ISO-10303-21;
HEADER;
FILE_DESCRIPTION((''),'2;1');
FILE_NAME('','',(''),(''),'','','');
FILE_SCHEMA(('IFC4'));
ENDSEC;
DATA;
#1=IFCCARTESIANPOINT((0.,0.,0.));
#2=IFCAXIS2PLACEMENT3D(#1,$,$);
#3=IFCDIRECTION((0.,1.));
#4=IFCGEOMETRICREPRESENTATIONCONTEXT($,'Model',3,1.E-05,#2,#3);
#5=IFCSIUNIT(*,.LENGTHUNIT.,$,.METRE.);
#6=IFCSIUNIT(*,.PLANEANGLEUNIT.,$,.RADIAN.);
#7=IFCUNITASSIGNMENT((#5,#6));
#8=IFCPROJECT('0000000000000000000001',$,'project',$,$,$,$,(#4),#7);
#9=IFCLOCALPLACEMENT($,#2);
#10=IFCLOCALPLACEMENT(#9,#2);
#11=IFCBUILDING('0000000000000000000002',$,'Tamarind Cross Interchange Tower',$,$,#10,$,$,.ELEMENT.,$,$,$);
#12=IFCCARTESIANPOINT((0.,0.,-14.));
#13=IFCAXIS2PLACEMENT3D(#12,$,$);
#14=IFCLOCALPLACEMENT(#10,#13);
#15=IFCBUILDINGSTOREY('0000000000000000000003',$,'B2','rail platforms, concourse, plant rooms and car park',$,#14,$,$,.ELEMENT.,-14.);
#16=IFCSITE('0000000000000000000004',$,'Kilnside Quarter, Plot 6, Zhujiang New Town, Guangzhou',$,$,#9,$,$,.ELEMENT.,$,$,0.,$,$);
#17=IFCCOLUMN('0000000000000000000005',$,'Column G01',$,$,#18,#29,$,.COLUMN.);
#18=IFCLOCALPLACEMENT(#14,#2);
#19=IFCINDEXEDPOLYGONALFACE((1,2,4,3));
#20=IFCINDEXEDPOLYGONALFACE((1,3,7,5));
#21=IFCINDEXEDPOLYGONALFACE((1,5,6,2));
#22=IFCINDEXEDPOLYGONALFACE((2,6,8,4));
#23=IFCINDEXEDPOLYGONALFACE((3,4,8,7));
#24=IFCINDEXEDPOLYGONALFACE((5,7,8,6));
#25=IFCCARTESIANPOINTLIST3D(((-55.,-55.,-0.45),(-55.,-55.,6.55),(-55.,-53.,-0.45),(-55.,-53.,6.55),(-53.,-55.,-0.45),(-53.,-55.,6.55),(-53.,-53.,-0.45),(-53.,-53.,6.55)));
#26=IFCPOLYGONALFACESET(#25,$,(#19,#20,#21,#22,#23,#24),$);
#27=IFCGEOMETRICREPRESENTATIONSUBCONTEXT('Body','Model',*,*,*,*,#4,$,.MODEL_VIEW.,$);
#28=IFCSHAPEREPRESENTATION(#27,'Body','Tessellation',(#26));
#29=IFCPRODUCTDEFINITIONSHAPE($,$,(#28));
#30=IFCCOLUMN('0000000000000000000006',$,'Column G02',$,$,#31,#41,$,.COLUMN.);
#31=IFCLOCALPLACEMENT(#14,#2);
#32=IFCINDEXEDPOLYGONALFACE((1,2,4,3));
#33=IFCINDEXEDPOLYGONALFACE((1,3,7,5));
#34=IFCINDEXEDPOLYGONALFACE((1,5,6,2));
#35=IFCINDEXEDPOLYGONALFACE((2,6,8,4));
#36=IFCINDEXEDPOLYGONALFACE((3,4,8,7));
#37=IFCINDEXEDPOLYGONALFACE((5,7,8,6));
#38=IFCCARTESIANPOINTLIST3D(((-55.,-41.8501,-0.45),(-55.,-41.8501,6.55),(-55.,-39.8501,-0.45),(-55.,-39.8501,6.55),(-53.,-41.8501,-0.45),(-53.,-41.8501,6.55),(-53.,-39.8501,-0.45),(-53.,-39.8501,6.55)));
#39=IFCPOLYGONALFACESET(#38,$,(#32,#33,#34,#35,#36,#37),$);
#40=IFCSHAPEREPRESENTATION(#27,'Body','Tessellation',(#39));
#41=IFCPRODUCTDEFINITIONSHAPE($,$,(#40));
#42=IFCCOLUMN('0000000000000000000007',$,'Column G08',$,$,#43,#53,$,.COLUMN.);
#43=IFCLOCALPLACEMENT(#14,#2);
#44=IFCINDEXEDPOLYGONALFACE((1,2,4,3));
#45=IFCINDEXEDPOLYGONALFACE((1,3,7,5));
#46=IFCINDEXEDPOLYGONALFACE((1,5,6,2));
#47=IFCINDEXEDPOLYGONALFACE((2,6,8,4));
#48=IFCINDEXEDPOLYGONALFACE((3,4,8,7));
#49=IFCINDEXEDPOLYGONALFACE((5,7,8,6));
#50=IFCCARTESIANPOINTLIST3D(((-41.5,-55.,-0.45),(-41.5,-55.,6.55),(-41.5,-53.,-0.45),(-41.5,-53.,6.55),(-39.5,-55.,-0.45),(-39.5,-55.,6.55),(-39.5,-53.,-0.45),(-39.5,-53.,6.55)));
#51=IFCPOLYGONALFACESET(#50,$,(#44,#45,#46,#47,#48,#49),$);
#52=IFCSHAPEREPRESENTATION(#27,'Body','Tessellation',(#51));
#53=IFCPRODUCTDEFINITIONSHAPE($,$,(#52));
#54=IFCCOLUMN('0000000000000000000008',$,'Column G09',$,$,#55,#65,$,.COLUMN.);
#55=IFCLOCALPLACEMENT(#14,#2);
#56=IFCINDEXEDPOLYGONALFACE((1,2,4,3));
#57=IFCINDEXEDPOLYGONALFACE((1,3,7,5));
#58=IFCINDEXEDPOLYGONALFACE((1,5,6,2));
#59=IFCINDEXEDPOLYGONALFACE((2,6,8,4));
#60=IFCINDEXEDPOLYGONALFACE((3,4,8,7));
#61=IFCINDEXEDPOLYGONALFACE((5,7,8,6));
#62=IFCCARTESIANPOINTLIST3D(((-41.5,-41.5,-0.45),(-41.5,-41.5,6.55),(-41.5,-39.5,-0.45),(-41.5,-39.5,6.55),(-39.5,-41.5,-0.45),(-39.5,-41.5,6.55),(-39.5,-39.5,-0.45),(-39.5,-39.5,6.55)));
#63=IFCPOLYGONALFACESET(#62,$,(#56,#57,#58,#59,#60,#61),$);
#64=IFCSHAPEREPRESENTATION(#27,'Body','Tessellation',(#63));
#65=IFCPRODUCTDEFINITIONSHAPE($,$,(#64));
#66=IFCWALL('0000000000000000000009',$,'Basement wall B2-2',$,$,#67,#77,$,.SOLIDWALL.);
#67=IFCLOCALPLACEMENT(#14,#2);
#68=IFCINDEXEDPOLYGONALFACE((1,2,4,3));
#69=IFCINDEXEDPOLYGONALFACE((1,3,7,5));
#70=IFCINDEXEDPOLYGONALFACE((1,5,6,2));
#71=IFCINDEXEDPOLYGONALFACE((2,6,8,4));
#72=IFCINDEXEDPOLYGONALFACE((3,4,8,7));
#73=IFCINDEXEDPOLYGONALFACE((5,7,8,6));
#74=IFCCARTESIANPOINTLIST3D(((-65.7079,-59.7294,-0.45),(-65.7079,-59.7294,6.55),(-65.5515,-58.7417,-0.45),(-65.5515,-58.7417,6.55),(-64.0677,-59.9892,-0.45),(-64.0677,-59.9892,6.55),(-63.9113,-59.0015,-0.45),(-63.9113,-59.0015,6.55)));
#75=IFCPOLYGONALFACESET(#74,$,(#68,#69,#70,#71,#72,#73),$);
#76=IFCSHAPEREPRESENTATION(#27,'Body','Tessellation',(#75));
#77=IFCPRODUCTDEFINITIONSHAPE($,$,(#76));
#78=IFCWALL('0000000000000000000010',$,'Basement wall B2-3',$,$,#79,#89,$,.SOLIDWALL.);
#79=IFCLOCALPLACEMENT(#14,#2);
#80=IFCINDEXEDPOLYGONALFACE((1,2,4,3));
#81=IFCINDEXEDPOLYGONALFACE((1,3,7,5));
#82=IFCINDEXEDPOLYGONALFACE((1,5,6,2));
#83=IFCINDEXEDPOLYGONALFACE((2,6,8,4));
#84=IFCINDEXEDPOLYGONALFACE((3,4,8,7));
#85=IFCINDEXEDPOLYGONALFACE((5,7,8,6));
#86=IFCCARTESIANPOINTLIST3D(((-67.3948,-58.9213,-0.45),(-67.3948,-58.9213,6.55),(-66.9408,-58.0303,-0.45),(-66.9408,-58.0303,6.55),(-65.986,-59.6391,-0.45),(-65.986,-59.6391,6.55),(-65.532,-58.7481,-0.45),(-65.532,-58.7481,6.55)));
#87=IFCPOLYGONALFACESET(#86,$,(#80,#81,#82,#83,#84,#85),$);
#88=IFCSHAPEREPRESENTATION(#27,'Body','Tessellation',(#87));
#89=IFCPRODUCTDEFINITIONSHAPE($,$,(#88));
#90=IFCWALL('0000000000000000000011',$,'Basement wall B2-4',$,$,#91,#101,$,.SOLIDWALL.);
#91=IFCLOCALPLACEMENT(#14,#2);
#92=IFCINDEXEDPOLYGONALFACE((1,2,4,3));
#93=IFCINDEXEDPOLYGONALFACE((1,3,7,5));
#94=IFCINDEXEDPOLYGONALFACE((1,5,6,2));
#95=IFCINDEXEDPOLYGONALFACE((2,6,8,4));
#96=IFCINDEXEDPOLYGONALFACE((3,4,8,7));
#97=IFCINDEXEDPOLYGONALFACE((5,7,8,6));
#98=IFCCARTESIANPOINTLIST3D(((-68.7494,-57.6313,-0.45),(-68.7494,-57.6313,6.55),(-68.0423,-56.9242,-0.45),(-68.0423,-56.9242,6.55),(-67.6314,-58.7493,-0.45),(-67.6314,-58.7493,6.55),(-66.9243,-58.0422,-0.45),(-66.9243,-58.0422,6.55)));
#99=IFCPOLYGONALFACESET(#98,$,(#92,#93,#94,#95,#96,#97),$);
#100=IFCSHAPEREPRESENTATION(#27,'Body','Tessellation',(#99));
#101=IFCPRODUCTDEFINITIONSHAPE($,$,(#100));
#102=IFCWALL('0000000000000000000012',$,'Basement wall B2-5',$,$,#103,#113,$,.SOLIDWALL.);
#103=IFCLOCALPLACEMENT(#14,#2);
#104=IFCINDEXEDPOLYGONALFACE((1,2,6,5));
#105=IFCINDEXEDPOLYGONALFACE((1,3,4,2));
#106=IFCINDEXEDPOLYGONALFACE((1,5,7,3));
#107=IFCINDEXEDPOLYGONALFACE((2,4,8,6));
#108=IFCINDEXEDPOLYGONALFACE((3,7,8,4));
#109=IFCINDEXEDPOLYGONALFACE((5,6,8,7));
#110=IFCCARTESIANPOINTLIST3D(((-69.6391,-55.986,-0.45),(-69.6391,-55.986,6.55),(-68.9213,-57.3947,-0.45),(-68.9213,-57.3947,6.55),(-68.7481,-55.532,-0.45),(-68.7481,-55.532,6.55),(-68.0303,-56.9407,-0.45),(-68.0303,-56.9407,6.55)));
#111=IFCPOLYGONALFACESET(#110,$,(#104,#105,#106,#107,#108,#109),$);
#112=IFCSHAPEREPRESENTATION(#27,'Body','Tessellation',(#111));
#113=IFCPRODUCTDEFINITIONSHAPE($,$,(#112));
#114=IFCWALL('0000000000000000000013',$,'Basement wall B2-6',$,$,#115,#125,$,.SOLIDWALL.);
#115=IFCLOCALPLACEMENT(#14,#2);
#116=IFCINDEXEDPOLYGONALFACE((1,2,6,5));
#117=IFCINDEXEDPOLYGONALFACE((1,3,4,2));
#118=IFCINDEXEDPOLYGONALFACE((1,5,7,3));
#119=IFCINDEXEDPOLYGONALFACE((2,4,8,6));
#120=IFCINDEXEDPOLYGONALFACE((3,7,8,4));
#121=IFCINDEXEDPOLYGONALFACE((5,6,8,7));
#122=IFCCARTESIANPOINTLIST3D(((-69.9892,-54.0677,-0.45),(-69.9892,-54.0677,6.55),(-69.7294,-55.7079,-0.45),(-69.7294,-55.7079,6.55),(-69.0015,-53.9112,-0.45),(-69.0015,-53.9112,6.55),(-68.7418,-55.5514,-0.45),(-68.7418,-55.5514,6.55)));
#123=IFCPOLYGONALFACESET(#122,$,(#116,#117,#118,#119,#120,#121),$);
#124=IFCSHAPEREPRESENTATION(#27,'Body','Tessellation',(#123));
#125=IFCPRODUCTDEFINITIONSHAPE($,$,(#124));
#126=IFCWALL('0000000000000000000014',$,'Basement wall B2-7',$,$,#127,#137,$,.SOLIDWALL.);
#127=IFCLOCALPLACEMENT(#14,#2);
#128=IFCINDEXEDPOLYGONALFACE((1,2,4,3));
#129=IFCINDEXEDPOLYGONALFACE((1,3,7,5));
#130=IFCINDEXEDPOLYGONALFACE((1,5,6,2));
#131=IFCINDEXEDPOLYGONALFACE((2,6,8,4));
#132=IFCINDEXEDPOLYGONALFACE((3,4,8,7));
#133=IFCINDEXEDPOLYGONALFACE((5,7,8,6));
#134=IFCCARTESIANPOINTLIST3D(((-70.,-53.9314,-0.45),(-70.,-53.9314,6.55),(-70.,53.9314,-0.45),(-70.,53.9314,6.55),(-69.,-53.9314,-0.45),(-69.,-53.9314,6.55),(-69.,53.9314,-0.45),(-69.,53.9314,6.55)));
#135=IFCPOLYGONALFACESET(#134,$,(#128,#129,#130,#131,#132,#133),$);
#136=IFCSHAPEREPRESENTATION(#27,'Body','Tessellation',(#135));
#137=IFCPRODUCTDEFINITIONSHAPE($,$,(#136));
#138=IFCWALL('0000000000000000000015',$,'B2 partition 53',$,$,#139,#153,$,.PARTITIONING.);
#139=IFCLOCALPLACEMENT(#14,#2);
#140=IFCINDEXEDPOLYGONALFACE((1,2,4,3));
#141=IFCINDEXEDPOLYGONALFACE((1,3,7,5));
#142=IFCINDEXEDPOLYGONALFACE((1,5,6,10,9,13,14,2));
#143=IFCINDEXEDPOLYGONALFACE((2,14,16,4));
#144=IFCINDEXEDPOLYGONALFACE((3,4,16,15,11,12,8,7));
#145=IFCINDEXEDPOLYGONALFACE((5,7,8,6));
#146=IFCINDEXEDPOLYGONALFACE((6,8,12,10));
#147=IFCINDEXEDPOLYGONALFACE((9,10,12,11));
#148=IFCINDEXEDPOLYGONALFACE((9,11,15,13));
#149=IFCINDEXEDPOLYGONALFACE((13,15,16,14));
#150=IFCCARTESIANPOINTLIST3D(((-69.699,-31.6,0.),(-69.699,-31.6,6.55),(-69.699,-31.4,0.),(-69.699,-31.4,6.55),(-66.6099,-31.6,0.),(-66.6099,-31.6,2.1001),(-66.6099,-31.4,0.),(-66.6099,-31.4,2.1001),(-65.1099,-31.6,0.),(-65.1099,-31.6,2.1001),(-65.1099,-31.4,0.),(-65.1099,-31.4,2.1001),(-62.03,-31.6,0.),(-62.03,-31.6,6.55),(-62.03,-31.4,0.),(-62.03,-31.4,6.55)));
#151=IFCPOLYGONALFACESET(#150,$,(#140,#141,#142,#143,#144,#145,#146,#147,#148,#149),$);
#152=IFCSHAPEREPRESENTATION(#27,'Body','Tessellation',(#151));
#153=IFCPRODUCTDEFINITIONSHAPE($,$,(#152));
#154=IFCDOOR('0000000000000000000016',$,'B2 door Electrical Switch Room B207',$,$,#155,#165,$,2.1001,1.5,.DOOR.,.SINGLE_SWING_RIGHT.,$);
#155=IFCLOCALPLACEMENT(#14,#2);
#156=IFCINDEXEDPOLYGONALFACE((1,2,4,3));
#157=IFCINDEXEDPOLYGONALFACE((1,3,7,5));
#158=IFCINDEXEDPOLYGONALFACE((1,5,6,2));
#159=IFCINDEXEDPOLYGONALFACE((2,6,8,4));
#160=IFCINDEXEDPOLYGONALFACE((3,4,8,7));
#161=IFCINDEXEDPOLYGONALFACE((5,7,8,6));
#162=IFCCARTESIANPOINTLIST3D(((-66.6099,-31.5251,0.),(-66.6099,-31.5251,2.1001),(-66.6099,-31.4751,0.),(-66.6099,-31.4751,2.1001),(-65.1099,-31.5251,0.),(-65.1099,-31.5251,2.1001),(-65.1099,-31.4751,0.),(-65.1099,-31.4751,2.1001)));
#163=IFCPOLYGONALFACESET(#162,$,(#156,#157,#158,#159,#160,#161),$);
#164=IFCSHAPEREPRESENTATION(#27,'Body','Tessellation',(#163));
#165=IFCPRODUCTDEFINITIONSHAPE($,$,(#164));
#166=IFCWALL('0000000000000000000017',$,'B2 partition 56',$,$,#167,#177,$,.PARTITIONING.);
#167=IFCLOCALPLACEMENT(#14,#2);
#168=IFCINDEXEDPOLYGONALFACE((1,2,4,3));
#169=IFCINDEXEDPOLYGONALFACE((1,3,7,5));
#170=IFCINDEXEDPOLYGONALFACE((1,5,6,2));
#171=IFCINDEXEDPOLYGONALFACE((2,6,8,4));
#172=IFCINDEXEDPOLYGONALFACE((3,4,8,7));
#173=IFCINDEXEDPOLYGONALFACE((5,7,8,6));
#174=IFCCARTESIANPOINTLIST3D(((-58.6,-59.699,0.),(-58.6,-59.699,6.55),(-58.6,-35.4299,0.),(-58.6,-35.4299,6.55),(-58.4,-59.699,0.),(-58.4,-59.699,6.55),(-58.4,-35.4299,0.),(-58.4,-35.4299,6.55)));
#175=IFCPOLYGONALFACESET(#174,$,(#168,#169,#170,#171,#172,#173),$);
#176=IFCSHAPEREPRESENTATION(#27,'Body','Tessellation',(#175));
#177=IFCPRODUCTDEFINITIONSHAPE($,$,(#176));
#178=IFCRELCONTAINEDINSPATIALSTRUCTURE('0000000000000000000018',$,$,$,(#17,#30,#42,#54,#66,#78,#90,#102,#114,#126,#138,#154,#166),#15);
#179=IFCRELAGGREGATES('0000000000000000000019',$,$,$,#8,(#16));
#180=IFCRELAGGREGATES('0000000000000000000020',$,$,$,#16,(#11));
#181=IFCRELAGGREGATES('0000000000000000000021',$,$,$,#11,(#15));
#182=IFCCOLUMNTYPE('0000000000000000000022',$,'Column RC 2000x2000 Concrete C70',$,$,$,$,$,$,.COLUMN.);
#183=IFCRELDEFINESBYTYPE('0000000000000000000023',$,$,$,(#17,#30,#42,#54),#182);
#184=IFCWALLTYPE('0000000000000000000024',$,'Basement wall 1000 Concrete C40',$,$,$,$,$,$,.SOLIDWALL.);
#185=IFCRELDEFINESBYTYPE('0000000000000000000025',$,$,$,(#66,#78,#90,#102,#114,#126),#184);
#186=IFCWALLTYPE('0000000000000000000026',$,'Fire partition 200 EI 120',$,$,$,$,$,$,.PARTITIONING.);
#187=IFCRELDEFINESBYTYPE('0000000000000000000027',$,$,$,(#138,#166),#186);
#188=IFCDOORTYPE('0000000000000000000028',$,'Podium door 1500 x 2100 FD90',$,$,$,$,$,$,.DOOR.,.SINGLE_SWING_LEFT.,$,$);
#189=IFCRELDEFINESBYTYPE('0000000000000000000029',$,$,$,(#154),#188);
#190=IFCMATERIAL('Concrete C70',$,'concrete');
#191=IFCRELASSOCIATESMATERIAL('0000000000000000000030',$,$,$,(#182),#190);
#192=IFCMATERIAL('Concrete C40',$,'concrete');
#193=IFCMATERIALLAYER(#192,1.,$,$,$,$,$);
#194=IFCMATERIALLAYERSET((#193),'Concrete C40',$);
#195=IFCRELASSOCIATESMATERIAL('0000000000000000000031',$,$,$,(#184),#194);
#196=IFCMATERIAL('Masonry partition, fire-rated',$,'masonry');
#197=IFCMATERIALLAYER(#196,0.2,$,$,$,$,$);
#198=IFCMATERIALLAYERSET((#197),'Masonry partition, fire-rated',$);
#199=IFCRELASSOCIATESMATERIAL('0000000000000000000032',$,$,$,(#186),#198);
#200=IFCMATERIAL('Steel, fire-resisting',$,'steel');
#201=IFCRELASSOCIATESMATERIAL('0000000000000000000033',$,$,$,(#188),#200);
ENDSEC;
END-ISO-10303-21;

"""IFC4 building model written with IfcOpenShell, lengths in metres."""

from ifc_helpers import new_model, si_unit, direction, frame, frame_2d, origin, origin_2d, place, context, subcontext, project, spatial, rectangle, extrude, material, layer, layer_set, material_profile, profile_set, type_object, element, fill, save


model = new_model("IFC4")

# Units and contexts
model_context = context("Model", 3, precision=1e-05, world=origin(), true_north=direction((0.0, 1.0)))
body_context = subcontext(model_context, "Body", "Model", "MODEL_VIEW")
ifc_project = project(units=[si_unit("LENGTHUNIT", "METRE"), si_unit("PLANEANGLEUNIT", "RADIAN")], contexts=[model_context])

# Site, building, storey
site_placement = place(None, origin())
site = spatial("IfcSite", under=ifc_project, at=site_placement, Name="Kilnside Quarter, Plot 6, Zhujiang New Town, Guangzhou", CompositionType="ELEMENT", RefElevation=0.0)
building_placement = place(site_placement, origin())
building = spatial("IfcBuilding", under=site, at=building_placement, Name="Tamarind Cross Interchange Tower", CompositionType="ELEMENT")
storey_placement = place(building_placement, frame((0.0, 0.0, -14.0)))
storey = spatial("IfcBuildingStorey", under=building, at=storey_placement, Name="B2", Description="rail platforms, concourse, plant rooms and car park", CompositionType="ELEMENT", Elevation=-14.0)

# Columns
ifc_material_1 = material(Name="Concrete C70", Category="concrete")
ifc_material_profile = material_profile(ifc_material_1, rectangle(XDim=2.0, YDim=2.0, at=origin_2d()), Name="RC 2000x2000")
ifc_profile_set = profile_set([ifc_material_profile], Name="Concrete C70")
column_type = type_object("IfcColumnType", Name="Column RC 2000x2000 Concrete C70", PredefinedType="COLUMN", material=ifc_profile_set)
for number, where, z_axis, x_axis, name in (
    (1, (-54.0, -54.0, -0.45), (0.0, 0.0, 1.0), (1.0, 0.0, 0.0), "Column G01"),
    (2, (-54.0, -40.8501, -0.45), (0.0, 0.0, 1.0), (1.0, 0.0, 0.0), "Column G02"),
    (3, (-40.5, -54.0, -0.45), (0.0, 0.0, 1.0), (1.0, 0.0, 0.0), "Column G08"),
    (4, (-40.5, -40.5, -0.45), (0.0, 0.0, 1.0), (1.0, 0.0, 0.0), "Column G09"),
):
    element("IfcColumn", number, at=place(storey_placement, frame(where, z_axis=z_axis, x_axis=x_axis)), inside=storey, type_object=column_type, Name=name, PredefinedType="COLUMN", context=body_context, shape_type="SweptSolid", body=[
        extrude(rectangle(XDim=2.0, YDim=2.0, at=origin_2d()), origin(), (0.0, 0.0, 1.0), 7.0),
    ])

# Walls
ifc_material_2 = material(Name="Concrete C40", Category="concrete")
ifc_layer_1 = layer(ifc_material_2, 1.0)
ifc_layer_set_1 = layer_set([ifc_layer_1], Name="Concrete C40")
wall_type_1 = type_object("IfcWallType", Name="Basement wall 1000 Concrete C40", PredefinedType="SOLIDWALL", material=ifc_layer_set_1)
wall_1_placement = place(storey_placement, frame((-63.9895, -59.4954, -0.45), z_axis=(0.0, 0.0, 1.0), x_axis=(-0.987689, 0.156431, 0.0)))
element("IfcWall", 5, at=wall_1_placement, inside=storey, type_object=wall_type_1, Name="Basement wall B2-2", PredefinedType="SOLIDWALL", context=body_context, shape_type="SweptSolid", body=[
    extrude(rectangle(XDim=1.6606, YDim=1.0, at=frame_2d((0.8303, 0.0))), origin(), (0.0, 0.0, 1.0), 7.0),
])
for number, where, z_axis, x_axis, name in (
    (6, (-65.759, -59.1936, -0.45), (0.0, 0.0, 1.0), (-0.891004, 0.453995, 0.0), "Basement wall B2-3"),
    (7, (-67.2778, -58.3958, -0.45), (0.0, 0.0, 1.0), (-0.707107, 0.707107, 0.0), "Basement wall B2-4"),
    (8, (-68.4758, -57.1677, -0.45), (0.0, 0.0, 1.0), (-0.453995, 0.891004, 0.0), "Basement wall B2-5"),
):
    element("IfcWall", number, at=place(storey_placement, frame(where, z_axis=z_axis, x_axis=x_axis)), inside=storey, type_object=wall_type_1, Name=name, PredefinedType="SOLIDWALL", context=body_context, shape_type="SweptSolid", body=[
        extrude(rectangle(XDim=1.5811, YDim=1.0, at=frame_2d((0.7905, 0.0))), origin(), (0.0, 0.0, 1.0), 7.0),
    ])
wall_2_placement = place(storey_placement, frame((-69.2356, -55.6296, -0.45), z_axis=(0.0, 0.0, 1.0), x_axis=(-0.156431, 0.987689, 0.0)))
element("IfcWall", 9, at=wall_2_placement, inside=storey, type_object=wall_type_1, Name="Basement wall B2-6", PredefinedType="SOLIDWALL", context=body_context, shape_type="SweptSolid", body=[
    extrude(rectangle(XDim=1.6606, YDim=1.0, at=frame_2d((0.8303, 0.0))), origin(), (0.0, 0.0, 1.0), 7.0),
])
wall_3_placement = place(storey_placement, frame((-69.5, -53.9314, -0.45), z_axis=(0.0, 0.0, 1.0), x_axis=(0.0, 1.0, 0.0)))
element("IfcWall", 10, at=wall_3_placement, inside=storey, type_object=wall_type_1, Name="Basement wall B2-7", PredefinedType="SOLIDWALL", context=body_context, shape_type="SweptSolid", body=[
    extrude(rectangle(XDim=107.8628, YDim=1.0, at=frame_2d((53.9314, 0.0))), origin(), (0.0, 0.0, 1.0), 7.0),
])

# Wall, opening, door
ifc_material_3 = material(Name="Masonry partition, fire-rated", Category="masonry")
ifc_layer_2 = layer(ifc_material_3, 0.2)
ifc_layer_set_2 = layer_set([ifc_layer_2], Name="Masonry partition, fire-rated")
wall_type_2 = type_object("IfcWallType", Name="Fire partition 200 EI 120", PredefinedType="PARTITIONING", material=ifc_layer_set_2)
wall_4_placement = place(storey_placement, frame((-69.699, -31.5, 0.0), z_axis=(0.0, 0.0, 1.0), x_axis=(1.0, 0.0, 0.0)))
wall_4 = element("IfcWall", 11, at=wall_4_placement, inside=storey, type_object=wall_type_2, Name="B2 partition 53", PredefinedType="PARTITIONING", context=body_context, shape_type="SweptSolid", body=[
    extrude(rectangle(XDim=7.6689, YDim=0.2, at=frame_2d((3.8345, 0.0))), origin(), (0.0, 0.0, 1.0), 6.55),
])
opening_1_placement = place(wall_4_placement, frame((3.0891, 0.0, 0.0)))
opening_1 = element("IfcOpeningElement", 12, at=opening_1_placement, cuts=wall_4, PredefinedType="OPENING", context=body_context, shape_type="SweptSolid", body=[
    extrude(rectangle(XDim=1.5, YDim=2.1001, at=frame_2d((0.75, 1.05))), frame((0.0, 0.1099, 0.0), z_axis=(0.0, -1.0, 0.0), x_axis=(1.0, 0.0, 0.0)), (0.0, 0.0, 1.0), 0.22),
])
ifc_material_4 = material(Name="Steel, fire-resisting", Category="steel")
door_type_1 = type_object("IfcDoorType", Name="Podium door 1500 x 2100 FD90", OperationType="SINGLE_SWING_LEFT", PredefinedType="DOOR", material=ifc_material_4)
door_1_placement = place(opening_1_placement, origin())
door_1 = element("IfcDoor", 13, at=door_1_placement, inside=storey, type_object=door_type_1, Name="B2 door Electrical Switch Room B207", OperationType="SINGLE_SWING_RIGHT", OverallHeight=2.1001, OverallWidth=1.5, PredefinedType="DOOR", context=body_context, shape_type="SweptSolid", body=[
    extrude(rectangle(XDim=1.5, YDim=2.1001, at=frame_2d((0.75, 1.05))), frame((0.0, 0.0249, 0.0), z_axis=(0.0, -1.0, 0.0), x_axis=(1.0, 0.0, 0.0)), (0.0, 0.0, 1.0), 0.05),
])
fill(opening_1, door_1)

# Wall
wall_5_placement = place(storey_placement, frame((-58.5, -59.699, 0.0), z_axis=(0.0, 0.0, 1.0), x_axis=(0.0, 1.0, 0.0)))
element("IfcWall", 14, at=wall_5_placement, inside=storey, type_object=wall_type_2, Name="B2 partition 56", PredefinedType="PARTITIONING", context=body_context, shape_type="SweptSolid", body=[
    extrude(rectangle(XDim=24.269, YDim=0.2, at=frame_2d((12.1345, 0.0))), origin(), (0.0, 0.0, 1.0), 6.55),
])

save(model, "model.ifc")
